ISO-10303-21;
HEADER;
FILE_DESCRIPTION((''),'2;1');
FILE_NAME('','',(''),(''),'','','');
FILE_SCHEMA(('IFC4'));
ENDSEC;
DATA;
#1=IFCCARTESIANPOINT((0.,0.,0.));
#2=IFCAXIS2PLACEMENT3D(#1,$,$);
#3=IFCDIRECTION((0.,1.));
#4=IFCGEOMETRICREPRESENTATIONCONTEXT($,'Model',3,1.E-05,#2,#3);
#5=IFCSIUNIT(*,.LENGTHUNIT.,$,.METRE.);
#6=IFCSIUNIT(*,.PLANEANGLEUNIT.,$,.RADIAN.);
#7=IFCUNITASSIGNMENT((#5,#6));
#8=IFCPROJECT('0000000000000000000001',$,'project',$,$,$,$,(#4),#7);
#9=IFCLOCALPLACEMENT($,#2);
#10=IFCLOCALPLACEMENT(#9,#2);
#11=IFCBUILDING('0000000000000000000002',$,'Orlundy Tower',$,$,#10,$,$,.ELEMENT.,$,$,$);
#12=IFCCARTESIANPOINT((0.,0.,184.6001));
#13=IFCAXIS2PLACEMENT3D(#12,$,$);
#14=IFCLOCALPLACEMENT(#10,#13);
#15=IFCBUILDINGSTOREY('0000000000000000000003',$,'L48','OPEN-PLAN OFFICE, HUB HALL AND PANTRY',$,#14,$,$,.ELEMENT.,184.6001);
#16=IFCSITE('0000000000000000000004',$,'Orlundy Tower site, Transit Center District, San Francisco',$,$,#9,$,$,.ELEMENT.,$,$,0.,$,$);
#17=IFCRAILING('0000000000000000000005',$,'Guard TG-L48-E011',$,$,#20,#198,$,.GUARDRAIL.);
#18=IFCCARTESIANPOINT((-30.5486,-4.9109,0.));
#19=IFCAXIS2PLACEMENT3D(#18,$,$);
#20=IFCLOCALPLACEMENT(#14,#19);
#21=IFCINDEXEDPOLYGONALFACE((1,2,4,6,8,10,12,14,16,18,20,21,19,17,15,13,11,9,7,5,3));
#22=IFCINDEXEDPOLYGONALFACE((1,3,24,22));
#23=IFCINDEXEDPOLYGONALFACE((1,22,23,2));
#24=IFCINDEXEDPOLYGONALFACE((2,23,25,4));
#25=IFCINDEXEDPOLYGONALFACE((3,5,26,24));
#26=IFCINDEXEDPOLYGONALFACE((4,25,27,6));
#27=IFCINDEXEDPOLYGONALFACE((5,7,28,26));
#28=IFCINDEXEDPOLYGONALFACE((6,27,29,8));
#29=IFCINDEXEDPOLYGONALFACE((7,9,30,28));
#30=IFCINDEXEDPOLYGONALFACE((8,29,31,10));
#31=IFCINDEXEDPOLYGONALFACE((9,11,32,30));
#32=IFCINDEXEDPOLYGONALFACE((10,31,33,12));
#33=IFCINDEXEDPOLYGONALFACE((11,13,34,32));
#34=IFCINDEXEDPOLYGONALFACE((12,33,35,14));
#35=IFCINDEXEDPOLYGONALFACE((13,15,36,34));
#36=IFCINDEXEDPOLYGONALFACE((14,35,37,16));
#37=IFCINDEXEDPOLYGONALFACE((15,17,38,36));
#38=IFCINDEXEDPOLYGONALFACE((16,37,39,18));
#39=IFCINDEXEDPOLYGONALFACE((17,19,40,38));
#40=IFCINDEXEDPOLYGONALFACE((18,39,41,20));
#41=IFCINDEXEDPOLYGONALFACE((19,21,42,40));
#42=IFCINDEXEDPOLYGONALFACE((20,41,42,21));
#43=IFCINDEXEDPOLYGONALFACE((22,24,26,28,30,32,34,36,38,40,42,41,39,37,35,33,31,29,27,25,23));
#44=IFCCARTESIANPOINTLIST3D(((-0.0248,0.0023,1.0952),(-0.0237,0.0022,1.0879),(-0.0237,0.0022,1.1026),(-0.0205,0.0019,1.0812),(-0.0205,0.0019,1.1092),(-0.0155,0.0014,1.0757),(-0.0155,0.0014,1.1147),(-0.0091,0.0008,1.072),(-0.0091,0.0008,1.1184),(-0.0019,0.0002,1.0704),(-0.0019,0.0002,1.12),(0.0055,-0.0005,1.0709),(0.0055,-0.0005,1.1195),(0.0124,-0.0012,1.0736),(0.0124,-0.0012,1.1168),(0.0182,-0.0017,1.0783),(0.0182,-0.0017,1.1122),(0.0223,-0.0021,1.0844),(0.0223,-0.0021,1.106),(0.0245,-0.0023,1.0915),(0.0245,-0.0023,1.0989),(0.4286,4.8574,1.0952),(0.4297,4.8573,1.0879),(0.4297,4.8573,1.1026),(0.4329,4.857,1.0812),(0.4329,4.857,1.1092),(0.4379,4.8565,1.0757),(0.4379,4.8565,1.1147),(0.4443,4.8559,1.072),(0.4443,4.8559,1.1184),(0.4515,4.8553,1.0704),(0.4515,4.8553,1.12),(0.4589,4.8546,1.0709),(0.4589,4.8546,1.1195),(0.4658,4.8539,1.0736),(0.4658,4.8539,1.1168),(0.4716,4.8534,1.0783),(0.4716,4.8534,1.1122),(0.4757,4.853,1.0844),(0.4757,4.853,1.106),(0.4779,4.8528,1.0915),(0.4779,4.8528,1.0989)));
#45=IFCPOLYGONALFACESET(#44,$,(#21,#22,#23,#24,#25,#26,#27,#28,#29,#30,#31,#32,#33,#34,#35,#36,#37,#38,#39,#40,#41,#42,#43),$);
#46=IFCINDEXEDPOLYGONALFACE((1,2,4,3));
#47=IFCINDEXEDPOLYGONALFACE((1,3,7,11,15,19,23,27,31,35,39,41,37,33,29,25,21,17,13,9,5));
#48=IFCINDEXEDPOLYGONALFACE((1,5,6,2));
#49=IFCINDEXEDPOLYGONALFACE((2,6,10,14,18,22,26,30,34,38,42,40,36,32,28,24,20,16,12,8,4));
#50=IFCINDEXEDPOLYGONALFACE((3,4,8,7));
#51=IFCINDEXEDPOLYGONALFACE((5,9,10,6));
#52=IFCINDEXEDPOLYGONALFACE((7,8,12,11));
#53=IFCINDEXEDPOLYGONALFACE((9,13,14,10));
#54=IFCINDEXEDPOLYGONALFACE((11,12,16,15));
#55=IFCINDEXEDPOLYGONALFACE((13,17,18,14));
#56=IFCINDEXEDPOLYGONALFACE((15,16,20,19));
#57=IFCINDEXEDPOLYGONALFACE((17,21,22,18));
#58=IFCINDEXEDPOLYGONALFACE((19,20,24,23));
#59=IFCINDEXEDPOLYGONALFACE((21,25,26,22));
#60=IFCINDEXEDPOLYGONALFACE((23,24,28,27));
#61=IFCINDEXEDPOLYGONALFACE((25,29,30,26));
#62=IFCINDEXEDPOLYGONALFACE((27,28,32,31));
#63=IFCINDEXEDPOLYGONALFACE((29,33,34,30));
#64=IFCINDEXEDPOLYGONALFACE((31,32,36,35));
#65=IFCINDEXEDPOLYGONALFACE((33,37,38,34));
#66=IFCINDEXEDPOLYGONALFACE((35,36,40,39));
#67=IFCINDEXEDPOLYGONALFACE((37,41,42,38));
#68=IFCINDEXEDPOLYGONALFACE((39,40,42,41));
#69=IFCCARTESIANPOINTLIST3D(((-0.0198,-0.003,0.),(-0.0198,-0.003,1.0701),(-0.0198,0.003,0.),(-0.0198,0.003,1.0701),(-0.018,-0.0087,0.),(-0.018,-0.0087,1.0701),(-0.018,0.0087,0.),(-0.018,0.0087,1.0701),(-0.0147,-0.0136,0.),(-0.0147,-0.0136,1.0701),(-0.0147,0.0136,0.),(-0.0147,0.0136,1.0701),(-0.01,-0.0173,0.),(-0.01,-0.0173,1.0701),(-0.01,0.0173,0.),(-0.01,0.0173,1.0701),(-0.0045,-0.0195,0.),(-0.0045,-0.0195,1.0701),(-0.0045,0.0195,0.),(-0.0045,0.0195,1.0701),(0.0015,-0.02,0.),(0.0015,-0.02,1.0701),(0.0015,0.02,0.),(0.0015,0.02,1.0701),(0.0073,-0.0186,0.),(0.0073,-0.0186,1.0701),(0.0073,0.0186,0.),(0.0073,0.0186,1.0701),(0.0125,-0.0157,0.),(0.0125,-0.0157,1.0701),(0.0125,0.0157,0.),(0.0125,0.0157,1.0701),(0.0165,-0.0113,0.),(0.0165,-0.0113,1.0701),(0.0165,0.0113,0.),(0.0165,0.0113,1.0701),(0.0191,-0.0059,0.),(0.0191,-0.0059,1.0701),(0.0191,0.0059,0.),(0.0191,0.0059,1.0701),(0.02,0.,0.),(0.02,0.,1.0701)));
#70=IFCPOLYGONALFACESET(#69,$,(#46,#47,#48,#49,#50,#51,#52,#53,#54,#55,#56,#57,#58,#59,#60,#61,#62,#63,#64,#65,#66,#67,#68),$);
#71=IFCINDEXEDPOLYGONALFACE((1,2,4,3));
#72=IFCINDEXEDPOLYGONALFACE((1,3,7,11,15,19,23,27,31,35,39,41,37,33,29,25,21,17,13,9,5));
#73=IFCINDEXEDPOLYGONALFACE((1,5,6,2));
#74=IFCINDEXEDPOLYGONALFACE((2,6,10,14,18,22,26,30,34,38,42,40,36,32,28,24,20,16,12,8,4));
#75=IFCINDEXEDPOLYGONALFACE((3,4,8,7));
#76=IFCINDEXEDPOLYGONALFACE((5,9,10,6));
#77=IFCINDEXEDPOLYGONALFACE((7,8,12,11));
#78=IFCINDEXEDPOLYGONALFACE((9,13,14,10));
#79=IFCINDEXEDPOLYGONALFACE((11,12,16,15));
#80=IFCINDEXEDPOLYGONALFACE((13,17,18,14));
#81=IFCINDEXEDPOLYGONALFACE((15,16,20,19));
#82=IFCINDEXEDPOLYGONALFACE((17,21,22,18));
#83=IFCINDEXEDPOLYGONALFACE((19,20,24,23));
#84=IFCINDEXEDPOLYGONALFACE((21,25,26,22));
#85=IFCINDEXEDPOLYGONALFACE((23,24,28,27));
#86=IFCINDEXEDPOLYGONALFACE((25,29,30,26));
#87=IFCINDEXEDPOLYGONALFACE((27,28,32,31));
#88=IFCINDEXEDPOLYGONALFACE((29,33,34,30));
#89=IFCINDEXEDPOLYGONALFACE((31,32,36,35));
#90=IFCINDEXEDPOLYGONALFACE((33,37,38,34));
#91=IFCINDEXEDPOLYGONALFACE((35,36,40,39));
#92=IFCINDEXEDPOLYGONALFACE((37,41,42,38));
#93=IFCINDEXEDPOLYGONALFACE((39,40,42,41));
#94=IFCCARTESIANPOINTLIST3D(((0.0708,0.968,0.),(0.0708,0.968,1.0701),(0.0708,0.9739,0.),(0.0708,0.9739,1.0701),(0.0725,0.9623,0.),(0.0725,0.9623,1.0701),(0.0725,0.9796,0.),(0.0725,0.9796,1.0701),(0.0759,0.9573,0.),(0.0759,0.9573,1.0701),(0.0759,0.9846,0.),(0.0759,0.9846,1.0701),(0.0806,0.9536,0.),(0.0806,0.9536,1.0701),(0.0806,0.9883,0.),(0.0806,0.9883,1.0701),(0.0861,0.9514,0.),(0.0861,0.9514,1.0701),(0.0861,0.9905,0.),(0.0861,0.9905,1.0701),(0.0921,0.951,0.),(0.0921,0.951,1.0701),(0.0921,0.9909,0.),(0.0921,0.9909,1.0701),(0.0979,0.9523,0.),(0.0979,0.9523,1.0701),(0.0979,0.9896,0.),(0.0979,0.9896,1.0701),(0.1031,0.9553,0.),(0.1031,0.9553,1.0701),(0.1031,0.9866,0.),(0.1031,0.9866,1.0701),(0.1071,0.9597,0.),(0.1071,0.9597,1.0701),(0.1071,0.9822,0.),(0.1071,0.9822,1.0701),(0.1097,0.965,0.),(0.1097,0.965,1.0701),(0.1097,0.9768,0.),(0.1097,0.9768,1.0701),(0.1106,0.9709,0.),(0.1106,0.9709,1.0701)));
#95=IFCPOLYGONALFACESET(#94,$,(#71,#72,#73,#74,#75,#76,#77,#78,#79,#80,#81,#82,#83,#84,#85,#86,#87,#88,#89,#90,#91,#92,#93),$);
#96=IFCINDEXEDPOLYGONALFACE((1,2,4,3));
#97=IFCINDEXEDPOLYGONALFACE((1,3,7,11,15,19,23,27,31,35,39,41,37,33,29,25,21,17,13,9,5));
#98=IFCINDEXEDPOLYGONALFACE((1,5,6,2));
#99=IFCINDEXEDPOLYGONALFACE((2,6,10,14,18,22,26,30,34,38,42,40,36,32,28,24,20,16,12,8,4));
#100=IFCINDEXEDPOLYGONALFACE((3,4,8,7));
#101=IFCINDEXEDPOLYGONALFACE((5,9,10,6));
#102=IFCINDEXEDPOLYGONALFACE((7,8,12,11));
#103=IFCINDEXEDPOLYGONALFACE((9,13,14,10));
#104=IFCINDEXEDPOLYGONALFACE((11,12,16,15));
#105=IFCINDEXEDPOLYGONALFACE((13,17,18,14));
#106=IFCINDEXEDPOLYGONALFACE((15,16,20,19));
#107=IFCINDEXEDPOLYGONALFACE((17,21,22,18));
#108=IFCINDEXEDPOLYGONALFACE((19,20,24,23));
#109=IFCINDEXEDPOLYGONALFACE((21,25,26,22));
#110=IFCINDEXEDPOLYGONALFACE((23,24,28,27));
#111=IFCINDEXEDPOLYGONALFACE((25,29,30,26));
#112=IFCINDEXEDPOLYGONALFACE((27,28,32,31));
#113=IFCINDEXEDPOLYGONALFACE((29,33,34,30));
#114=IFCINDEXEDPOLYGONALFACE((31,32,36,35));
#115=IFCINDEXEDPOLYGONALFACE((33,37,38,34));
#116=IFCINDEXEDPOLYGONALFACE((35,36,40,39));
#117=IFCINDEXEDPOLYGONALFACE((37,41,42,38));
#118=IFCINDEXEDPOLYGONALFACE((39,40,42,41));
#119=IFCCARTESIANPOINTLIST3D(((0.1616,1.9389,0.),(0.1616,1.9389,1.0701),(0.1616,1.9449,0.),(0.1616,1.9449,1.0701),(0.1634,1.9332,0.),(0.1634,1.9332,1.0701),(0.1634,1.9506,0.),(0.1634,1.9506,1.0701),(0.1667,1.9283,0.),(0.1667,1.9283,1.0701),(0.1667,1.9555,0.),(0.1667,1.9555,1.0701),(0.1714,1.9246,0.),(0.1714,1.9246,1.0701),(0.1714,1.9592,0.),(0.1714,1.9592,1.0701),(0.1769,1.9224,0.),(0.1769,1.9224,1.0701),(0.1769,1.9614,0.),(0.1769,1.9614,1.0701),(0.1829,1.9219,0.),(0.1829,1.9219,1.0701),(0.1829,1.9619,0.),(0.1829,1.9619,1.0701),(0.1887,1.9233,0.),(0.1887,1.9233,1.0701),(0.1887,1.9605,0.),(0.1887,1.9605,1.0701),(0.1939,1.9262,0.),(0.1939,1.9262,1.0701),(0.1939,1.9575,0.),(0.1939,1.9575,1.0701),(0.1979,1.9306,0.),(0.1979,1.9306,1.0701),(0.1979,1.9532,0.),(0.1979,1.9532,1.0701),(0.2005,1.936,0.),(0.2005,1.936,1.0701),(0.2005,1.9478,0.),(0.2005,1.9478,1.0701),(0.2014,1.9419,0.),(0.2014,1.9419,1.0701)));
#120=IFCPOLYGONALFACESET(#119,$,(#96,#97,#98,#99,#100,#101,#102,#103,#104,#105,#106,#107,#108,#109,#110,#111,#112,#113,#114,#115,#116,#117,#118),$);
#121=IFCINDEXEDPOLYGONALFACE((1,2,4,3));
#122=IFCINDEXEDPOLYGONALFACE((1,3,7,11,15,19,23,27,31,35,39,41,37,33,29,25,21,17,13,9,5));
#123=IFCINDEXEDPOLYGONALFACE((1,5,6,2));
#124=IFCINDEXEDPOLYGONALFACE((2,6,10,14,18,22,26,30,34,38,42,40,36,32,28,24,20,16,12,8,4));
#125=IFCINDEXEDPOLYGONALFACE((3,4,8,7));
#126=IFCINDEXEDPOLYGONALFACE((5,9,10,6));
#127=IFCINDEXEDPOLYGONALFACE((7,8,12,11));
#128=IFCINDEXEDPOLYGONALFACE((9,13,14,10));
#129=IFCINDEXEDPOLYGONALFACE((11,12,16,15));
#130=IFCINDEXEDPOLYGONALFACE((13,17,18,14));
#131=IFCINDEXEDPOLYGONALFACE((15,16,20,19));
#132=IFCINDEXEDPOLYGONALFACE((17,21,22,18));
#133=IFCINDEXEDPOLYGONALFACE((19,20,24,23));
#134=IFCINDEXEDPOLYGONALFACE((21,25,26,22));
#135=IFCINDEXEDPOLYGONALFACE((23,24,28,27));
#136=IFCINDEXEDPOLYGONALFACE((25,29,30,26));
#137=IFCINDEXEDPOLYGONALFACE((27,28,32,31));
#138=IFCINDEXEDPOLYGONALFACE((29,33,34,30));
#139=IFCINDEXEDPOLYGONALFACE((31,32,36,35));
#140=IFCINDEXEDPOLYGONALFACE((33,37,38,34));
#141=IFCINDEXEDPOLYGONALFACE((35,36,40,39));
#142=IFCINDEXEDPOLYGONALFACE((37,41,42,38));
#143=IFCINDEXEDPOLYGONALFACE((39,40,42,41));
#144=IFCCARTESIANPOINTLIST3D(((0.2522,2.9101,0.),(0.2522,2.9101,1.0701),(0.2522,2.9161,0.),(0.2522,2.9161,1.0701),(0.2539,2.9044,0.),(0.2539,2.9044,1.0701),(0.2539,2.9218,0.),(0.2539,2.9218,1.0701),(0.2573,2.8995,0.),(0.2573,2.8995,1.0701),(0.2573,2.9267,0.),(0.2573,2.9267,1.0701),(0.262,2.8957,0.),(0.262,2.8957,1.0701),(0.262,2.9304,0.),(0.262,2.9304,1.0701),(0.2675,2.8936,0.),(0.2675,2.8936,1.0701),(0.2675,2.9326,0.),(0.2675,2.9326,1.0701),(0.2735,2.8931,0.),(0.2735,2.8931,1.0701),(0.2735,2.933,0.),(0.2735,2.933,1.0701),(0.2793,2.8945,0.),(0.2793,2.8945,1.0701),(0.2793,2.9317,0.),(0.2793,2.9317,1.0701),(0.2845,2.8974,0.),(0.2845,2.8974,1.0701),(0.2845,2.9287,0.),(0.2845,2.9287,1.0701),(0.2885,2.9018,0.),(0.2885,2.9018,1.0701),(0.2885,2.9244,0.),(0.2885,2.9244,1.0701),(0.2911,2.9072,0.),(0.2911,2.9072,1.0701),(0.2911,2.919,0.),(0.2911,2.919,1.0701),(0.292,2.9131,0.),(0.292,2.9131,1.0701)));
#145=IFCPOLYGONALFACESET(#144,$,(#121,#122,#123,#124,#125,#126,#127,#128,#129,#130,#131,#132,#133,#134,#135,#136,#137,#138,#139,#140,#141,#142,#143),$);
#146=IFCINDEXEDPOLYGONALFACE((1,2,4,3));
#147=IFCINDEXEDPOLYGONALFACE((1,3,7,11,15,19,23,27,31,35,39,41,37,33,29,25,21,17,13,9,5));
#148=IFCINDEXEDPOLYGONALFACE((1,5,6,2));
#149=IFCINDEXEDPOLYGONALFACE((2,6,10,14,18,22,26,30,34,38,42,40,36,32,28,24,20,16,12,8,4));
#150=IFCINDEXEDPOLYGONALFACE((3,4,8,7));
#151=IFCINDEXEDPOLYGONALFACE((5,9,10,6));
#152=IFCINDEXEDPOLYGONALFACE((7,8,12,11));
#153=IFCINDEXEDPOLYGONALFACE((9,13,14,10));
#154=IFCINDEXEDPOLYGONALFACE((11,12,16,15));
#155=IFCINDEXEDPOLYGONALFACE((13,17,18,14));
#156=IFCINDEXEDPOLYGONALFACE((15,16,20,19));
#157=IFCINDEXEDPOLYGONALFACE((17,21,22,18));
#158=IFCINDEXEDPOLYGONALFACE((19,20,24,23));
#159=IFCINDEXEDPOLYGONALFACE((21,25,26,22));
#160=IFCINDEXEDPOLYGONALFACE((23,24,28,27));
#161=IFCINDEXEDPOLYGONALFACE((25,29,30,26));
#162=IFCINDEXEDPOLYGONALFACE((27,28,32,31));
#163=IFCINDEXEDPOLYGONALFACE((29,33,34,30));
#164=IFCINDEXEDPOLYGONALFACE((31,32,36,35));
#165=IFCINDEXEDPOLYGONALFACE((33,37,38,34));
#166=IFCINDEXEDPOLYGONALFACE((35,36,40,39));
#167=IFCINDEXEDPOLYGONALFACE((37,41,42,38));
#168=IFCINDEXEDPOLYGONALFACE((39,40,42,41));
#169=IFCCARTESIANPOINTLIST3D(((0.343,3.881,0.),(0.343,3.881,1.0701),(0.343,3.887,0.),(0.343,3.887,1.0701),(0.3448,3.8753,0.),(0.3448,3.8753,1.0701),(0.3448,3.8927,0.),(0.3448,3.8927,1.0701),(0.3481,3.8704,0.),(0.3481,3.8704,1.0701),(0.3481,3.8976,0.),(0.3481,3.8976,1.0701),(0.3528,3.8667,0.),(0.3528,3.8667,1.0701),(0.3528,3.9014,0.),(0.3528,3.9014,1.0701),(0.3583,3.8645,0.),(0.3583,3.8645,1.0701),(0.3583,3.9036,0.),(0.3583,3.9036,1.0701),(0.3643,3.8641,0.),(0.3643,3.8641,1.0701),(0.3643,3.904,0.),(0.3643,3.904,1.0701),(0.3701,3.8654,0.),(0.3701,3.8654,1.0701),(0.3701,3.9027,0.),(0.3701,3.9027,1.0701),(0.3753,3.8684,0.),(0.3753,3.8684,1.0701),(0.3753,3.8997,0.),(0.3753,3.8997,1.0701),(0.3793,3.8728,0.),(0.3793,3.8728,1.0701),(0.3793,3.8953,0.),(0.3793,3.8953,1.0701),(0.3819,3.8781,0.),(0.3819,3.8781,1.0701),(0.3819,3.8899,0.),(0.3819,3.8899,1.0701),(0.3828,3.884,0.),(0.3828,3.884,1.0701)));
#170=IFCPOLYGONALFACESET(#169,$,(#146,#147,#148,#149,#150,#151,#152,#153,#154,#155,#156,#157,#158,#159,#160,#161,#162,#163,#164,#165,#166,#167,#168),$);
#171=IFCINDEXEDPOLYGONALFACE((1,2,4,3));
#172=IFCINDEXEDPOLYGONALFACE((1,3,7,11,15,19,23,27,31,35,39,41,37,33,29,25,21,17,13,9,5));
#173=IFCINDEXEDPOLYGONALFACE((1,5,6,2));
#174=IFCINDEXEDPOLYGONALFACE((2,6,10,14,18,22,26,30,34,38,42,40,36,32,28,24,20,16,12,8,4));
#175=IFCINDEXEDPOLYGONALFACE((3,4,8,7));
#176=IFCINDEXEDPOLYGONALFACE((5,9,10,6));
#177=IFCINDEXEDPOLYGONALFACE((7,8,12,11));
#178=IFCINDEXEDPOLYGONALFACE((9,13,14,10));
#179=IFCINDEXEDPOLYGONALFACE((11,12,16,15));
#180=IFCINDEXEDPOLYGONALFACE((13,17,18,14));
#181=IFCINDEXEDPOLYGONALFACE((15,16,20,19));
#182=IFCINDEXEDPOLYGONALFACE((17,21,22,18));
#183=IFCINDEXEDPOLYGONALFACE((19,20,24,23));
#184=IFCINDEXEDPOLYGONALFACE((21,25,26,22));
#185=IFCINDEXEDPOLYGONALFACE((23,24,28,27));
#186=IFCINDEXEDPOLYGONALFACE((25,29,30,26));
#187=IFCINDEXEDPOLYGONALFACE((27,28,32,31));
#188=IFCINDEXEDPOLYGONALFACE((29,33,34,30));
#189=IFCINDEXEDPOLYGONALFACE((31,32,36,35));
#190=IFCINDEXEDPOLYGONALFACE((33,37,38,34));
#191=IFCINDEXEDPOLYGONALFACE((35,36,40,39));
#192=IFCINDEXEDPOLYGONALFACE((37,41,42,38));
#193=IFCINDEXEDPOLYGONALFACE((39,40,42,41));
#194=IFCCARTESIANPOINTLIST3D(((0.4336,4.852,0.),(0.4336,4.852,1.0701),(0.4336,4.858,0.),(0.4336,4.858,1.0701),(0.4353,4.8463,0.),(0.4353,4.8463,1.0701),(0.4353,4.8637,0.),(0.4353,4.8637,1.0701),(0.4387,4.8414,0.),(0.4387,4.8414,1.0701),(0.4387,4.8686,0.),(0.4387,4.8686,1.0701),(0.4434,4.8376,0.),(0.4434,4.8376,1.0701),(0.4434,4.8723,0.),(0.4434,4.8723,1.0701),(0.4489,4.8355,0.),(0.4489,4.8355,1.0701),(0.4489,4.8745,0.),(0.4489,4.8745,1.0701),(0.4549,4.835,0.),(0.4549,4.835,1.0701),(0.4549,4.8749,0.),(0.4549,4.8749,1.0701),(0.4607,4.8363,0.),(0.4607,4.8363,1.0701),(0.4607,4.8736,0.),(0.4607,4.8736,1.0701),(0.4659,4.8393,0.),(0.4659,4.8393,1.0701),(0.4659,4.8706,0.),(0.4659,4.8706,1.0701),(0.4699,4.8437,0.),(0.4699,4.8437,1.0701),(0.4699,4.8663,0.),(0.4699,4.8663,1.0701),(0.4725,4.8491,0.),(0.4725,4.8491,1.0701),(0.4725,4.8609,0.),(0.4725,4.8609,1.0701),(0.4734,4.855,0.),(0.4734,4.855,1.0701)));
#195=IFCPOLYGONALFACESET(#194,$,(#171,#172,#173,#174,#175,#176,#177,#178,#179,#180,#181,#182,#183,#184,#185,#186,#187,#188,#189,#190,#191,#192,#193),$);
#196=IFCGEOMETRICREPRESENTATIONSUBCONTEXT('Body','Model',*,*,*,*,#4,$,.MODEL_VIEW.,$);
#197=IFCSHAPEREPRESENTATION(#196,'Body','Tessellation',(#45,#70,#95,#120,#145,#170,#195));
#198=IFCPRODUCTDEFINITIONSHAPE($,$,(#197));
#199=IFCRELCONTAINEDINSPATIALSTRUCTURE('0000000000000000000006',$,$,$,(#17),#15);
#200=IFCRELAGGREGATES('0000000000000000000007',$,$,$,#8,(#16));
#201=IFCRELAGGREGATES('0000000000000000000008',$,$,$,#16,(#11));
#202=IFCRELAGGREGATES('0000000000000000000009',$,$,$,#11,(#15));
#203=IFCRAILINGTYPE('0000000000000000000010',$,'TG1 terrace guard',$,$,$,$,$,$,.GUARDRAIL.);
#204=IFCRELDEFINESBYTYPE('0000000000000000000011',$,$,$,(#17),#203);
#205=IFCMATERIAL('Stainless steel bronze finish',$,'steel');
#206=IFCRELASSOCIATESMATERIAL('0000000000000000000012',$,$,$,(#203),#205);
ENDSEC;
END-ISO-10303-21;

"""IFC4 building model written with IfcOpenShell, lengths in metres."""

from ifc_helpers import new_model, si_unit, direction, frame, origin, origin_2d, place, context, subcontext, project, spatial, circle, extrude, material, type_object, element, save


model = new_model("IFC4")

# Units and contexts
model_context = context("Model", 3, precision=1e-05, world=origin(), true_north=direction((0.0, 1.0)))
body_context = subcontext(model_context, "Body", "Model", "MODEL_VIEW")
ifc_project = project(units=[si_unit("LENGTHUNIT", "METRE"), si_unit("PLANEANGLEUNIT", "RADIAN")], contexts=[model_context])

# Site, building, storey
site_placement = place(None, origin())
site = spatial("IfcSite", under=ifc_project, at=site_placement, Name="Orlundy Tower site, Transit Center District, San Francisco", CompositionType="ELEMENT", RefElevation=0.0)
building_placement = place(site_placement, origin())
building = spatial("IfcBuilding", under=site, at=building_placement, Name="Orlundy Tower", CompositionType="ELEMENT")
storey_placement = place(building_placement, frame((0.0, 0.0, 184.6001)))
storey = spatial("IfcBuildingStorey", under=building, at=storey_placement, Name="L48", Description="OPEN-PLAN OFFICE, HUB HALL AND PANTRY", CompositionType="ELEMENT", Elevation=184.6001)

# Railing
ifc_material_1 = material(Name="Stainless steel bronze finish", Category="steel")
railing_type_1 = type_object("IfcRailingType", Name="TG1 terrace guard", PredefinedType="GUARDRAIL", material=ifc_material_1)
railing_1_placement = place(storey_placement, frame((-30.5486, -4.9109, 0.0)))
element("IfcRailing", 1, at=railing_1_placement, inside=storey, type_object=railing_type_1, Name="Guard TG-L48-E011", PredefinedType="GUARDRAIL", context=body_context, shape_type="SweptSolid", body=[
    extrude(circle(Radius=0.0249, at=origin_2d()), frame((0.0, 0.0, 1.0952), z_axis=(0.092978, 0.995668, 0.0), x_axis=(-0.995668, 0.092978, 0.0)), (0.0, 0.0, 1.0), 4.8762),
    extrude(circle(Radius=0.02, at=origin_2d()), origin(), (0.0, 0.0, 1.0), 1.0701),
    extrude(circle(Radius=0.02, at=origin_2d()), frame((0.0906, 0.9709, 0.0)), (0.0, 0.0, 1.0), 1.0701),
    extrude(circle(Radius=0.02, at=origin_2d()), frame((0.1814, 1.9419, 0.0)), (0.0, 0.0, 1.0), 1.0701),
    extrude(circle(Radius=0.02, at=origin_2d()), frame((0.272, 2.9131, 0.0)), (0.0, 0.0, 1.0), 1.0701),
    extrude(circle(Radius=0.02, at=origin_2d()), frame((0.3628, 3.884, 0.0)), (0.0, 0.0, 1.0), 1.0701),
    extrude(circle(Radius=0.02, at=origin_2d()), frame((0.4534, 4.855, 0.0)), (0.0, 0.0, 1.0), 1.0701),
])

save(model, "model.ifc")
